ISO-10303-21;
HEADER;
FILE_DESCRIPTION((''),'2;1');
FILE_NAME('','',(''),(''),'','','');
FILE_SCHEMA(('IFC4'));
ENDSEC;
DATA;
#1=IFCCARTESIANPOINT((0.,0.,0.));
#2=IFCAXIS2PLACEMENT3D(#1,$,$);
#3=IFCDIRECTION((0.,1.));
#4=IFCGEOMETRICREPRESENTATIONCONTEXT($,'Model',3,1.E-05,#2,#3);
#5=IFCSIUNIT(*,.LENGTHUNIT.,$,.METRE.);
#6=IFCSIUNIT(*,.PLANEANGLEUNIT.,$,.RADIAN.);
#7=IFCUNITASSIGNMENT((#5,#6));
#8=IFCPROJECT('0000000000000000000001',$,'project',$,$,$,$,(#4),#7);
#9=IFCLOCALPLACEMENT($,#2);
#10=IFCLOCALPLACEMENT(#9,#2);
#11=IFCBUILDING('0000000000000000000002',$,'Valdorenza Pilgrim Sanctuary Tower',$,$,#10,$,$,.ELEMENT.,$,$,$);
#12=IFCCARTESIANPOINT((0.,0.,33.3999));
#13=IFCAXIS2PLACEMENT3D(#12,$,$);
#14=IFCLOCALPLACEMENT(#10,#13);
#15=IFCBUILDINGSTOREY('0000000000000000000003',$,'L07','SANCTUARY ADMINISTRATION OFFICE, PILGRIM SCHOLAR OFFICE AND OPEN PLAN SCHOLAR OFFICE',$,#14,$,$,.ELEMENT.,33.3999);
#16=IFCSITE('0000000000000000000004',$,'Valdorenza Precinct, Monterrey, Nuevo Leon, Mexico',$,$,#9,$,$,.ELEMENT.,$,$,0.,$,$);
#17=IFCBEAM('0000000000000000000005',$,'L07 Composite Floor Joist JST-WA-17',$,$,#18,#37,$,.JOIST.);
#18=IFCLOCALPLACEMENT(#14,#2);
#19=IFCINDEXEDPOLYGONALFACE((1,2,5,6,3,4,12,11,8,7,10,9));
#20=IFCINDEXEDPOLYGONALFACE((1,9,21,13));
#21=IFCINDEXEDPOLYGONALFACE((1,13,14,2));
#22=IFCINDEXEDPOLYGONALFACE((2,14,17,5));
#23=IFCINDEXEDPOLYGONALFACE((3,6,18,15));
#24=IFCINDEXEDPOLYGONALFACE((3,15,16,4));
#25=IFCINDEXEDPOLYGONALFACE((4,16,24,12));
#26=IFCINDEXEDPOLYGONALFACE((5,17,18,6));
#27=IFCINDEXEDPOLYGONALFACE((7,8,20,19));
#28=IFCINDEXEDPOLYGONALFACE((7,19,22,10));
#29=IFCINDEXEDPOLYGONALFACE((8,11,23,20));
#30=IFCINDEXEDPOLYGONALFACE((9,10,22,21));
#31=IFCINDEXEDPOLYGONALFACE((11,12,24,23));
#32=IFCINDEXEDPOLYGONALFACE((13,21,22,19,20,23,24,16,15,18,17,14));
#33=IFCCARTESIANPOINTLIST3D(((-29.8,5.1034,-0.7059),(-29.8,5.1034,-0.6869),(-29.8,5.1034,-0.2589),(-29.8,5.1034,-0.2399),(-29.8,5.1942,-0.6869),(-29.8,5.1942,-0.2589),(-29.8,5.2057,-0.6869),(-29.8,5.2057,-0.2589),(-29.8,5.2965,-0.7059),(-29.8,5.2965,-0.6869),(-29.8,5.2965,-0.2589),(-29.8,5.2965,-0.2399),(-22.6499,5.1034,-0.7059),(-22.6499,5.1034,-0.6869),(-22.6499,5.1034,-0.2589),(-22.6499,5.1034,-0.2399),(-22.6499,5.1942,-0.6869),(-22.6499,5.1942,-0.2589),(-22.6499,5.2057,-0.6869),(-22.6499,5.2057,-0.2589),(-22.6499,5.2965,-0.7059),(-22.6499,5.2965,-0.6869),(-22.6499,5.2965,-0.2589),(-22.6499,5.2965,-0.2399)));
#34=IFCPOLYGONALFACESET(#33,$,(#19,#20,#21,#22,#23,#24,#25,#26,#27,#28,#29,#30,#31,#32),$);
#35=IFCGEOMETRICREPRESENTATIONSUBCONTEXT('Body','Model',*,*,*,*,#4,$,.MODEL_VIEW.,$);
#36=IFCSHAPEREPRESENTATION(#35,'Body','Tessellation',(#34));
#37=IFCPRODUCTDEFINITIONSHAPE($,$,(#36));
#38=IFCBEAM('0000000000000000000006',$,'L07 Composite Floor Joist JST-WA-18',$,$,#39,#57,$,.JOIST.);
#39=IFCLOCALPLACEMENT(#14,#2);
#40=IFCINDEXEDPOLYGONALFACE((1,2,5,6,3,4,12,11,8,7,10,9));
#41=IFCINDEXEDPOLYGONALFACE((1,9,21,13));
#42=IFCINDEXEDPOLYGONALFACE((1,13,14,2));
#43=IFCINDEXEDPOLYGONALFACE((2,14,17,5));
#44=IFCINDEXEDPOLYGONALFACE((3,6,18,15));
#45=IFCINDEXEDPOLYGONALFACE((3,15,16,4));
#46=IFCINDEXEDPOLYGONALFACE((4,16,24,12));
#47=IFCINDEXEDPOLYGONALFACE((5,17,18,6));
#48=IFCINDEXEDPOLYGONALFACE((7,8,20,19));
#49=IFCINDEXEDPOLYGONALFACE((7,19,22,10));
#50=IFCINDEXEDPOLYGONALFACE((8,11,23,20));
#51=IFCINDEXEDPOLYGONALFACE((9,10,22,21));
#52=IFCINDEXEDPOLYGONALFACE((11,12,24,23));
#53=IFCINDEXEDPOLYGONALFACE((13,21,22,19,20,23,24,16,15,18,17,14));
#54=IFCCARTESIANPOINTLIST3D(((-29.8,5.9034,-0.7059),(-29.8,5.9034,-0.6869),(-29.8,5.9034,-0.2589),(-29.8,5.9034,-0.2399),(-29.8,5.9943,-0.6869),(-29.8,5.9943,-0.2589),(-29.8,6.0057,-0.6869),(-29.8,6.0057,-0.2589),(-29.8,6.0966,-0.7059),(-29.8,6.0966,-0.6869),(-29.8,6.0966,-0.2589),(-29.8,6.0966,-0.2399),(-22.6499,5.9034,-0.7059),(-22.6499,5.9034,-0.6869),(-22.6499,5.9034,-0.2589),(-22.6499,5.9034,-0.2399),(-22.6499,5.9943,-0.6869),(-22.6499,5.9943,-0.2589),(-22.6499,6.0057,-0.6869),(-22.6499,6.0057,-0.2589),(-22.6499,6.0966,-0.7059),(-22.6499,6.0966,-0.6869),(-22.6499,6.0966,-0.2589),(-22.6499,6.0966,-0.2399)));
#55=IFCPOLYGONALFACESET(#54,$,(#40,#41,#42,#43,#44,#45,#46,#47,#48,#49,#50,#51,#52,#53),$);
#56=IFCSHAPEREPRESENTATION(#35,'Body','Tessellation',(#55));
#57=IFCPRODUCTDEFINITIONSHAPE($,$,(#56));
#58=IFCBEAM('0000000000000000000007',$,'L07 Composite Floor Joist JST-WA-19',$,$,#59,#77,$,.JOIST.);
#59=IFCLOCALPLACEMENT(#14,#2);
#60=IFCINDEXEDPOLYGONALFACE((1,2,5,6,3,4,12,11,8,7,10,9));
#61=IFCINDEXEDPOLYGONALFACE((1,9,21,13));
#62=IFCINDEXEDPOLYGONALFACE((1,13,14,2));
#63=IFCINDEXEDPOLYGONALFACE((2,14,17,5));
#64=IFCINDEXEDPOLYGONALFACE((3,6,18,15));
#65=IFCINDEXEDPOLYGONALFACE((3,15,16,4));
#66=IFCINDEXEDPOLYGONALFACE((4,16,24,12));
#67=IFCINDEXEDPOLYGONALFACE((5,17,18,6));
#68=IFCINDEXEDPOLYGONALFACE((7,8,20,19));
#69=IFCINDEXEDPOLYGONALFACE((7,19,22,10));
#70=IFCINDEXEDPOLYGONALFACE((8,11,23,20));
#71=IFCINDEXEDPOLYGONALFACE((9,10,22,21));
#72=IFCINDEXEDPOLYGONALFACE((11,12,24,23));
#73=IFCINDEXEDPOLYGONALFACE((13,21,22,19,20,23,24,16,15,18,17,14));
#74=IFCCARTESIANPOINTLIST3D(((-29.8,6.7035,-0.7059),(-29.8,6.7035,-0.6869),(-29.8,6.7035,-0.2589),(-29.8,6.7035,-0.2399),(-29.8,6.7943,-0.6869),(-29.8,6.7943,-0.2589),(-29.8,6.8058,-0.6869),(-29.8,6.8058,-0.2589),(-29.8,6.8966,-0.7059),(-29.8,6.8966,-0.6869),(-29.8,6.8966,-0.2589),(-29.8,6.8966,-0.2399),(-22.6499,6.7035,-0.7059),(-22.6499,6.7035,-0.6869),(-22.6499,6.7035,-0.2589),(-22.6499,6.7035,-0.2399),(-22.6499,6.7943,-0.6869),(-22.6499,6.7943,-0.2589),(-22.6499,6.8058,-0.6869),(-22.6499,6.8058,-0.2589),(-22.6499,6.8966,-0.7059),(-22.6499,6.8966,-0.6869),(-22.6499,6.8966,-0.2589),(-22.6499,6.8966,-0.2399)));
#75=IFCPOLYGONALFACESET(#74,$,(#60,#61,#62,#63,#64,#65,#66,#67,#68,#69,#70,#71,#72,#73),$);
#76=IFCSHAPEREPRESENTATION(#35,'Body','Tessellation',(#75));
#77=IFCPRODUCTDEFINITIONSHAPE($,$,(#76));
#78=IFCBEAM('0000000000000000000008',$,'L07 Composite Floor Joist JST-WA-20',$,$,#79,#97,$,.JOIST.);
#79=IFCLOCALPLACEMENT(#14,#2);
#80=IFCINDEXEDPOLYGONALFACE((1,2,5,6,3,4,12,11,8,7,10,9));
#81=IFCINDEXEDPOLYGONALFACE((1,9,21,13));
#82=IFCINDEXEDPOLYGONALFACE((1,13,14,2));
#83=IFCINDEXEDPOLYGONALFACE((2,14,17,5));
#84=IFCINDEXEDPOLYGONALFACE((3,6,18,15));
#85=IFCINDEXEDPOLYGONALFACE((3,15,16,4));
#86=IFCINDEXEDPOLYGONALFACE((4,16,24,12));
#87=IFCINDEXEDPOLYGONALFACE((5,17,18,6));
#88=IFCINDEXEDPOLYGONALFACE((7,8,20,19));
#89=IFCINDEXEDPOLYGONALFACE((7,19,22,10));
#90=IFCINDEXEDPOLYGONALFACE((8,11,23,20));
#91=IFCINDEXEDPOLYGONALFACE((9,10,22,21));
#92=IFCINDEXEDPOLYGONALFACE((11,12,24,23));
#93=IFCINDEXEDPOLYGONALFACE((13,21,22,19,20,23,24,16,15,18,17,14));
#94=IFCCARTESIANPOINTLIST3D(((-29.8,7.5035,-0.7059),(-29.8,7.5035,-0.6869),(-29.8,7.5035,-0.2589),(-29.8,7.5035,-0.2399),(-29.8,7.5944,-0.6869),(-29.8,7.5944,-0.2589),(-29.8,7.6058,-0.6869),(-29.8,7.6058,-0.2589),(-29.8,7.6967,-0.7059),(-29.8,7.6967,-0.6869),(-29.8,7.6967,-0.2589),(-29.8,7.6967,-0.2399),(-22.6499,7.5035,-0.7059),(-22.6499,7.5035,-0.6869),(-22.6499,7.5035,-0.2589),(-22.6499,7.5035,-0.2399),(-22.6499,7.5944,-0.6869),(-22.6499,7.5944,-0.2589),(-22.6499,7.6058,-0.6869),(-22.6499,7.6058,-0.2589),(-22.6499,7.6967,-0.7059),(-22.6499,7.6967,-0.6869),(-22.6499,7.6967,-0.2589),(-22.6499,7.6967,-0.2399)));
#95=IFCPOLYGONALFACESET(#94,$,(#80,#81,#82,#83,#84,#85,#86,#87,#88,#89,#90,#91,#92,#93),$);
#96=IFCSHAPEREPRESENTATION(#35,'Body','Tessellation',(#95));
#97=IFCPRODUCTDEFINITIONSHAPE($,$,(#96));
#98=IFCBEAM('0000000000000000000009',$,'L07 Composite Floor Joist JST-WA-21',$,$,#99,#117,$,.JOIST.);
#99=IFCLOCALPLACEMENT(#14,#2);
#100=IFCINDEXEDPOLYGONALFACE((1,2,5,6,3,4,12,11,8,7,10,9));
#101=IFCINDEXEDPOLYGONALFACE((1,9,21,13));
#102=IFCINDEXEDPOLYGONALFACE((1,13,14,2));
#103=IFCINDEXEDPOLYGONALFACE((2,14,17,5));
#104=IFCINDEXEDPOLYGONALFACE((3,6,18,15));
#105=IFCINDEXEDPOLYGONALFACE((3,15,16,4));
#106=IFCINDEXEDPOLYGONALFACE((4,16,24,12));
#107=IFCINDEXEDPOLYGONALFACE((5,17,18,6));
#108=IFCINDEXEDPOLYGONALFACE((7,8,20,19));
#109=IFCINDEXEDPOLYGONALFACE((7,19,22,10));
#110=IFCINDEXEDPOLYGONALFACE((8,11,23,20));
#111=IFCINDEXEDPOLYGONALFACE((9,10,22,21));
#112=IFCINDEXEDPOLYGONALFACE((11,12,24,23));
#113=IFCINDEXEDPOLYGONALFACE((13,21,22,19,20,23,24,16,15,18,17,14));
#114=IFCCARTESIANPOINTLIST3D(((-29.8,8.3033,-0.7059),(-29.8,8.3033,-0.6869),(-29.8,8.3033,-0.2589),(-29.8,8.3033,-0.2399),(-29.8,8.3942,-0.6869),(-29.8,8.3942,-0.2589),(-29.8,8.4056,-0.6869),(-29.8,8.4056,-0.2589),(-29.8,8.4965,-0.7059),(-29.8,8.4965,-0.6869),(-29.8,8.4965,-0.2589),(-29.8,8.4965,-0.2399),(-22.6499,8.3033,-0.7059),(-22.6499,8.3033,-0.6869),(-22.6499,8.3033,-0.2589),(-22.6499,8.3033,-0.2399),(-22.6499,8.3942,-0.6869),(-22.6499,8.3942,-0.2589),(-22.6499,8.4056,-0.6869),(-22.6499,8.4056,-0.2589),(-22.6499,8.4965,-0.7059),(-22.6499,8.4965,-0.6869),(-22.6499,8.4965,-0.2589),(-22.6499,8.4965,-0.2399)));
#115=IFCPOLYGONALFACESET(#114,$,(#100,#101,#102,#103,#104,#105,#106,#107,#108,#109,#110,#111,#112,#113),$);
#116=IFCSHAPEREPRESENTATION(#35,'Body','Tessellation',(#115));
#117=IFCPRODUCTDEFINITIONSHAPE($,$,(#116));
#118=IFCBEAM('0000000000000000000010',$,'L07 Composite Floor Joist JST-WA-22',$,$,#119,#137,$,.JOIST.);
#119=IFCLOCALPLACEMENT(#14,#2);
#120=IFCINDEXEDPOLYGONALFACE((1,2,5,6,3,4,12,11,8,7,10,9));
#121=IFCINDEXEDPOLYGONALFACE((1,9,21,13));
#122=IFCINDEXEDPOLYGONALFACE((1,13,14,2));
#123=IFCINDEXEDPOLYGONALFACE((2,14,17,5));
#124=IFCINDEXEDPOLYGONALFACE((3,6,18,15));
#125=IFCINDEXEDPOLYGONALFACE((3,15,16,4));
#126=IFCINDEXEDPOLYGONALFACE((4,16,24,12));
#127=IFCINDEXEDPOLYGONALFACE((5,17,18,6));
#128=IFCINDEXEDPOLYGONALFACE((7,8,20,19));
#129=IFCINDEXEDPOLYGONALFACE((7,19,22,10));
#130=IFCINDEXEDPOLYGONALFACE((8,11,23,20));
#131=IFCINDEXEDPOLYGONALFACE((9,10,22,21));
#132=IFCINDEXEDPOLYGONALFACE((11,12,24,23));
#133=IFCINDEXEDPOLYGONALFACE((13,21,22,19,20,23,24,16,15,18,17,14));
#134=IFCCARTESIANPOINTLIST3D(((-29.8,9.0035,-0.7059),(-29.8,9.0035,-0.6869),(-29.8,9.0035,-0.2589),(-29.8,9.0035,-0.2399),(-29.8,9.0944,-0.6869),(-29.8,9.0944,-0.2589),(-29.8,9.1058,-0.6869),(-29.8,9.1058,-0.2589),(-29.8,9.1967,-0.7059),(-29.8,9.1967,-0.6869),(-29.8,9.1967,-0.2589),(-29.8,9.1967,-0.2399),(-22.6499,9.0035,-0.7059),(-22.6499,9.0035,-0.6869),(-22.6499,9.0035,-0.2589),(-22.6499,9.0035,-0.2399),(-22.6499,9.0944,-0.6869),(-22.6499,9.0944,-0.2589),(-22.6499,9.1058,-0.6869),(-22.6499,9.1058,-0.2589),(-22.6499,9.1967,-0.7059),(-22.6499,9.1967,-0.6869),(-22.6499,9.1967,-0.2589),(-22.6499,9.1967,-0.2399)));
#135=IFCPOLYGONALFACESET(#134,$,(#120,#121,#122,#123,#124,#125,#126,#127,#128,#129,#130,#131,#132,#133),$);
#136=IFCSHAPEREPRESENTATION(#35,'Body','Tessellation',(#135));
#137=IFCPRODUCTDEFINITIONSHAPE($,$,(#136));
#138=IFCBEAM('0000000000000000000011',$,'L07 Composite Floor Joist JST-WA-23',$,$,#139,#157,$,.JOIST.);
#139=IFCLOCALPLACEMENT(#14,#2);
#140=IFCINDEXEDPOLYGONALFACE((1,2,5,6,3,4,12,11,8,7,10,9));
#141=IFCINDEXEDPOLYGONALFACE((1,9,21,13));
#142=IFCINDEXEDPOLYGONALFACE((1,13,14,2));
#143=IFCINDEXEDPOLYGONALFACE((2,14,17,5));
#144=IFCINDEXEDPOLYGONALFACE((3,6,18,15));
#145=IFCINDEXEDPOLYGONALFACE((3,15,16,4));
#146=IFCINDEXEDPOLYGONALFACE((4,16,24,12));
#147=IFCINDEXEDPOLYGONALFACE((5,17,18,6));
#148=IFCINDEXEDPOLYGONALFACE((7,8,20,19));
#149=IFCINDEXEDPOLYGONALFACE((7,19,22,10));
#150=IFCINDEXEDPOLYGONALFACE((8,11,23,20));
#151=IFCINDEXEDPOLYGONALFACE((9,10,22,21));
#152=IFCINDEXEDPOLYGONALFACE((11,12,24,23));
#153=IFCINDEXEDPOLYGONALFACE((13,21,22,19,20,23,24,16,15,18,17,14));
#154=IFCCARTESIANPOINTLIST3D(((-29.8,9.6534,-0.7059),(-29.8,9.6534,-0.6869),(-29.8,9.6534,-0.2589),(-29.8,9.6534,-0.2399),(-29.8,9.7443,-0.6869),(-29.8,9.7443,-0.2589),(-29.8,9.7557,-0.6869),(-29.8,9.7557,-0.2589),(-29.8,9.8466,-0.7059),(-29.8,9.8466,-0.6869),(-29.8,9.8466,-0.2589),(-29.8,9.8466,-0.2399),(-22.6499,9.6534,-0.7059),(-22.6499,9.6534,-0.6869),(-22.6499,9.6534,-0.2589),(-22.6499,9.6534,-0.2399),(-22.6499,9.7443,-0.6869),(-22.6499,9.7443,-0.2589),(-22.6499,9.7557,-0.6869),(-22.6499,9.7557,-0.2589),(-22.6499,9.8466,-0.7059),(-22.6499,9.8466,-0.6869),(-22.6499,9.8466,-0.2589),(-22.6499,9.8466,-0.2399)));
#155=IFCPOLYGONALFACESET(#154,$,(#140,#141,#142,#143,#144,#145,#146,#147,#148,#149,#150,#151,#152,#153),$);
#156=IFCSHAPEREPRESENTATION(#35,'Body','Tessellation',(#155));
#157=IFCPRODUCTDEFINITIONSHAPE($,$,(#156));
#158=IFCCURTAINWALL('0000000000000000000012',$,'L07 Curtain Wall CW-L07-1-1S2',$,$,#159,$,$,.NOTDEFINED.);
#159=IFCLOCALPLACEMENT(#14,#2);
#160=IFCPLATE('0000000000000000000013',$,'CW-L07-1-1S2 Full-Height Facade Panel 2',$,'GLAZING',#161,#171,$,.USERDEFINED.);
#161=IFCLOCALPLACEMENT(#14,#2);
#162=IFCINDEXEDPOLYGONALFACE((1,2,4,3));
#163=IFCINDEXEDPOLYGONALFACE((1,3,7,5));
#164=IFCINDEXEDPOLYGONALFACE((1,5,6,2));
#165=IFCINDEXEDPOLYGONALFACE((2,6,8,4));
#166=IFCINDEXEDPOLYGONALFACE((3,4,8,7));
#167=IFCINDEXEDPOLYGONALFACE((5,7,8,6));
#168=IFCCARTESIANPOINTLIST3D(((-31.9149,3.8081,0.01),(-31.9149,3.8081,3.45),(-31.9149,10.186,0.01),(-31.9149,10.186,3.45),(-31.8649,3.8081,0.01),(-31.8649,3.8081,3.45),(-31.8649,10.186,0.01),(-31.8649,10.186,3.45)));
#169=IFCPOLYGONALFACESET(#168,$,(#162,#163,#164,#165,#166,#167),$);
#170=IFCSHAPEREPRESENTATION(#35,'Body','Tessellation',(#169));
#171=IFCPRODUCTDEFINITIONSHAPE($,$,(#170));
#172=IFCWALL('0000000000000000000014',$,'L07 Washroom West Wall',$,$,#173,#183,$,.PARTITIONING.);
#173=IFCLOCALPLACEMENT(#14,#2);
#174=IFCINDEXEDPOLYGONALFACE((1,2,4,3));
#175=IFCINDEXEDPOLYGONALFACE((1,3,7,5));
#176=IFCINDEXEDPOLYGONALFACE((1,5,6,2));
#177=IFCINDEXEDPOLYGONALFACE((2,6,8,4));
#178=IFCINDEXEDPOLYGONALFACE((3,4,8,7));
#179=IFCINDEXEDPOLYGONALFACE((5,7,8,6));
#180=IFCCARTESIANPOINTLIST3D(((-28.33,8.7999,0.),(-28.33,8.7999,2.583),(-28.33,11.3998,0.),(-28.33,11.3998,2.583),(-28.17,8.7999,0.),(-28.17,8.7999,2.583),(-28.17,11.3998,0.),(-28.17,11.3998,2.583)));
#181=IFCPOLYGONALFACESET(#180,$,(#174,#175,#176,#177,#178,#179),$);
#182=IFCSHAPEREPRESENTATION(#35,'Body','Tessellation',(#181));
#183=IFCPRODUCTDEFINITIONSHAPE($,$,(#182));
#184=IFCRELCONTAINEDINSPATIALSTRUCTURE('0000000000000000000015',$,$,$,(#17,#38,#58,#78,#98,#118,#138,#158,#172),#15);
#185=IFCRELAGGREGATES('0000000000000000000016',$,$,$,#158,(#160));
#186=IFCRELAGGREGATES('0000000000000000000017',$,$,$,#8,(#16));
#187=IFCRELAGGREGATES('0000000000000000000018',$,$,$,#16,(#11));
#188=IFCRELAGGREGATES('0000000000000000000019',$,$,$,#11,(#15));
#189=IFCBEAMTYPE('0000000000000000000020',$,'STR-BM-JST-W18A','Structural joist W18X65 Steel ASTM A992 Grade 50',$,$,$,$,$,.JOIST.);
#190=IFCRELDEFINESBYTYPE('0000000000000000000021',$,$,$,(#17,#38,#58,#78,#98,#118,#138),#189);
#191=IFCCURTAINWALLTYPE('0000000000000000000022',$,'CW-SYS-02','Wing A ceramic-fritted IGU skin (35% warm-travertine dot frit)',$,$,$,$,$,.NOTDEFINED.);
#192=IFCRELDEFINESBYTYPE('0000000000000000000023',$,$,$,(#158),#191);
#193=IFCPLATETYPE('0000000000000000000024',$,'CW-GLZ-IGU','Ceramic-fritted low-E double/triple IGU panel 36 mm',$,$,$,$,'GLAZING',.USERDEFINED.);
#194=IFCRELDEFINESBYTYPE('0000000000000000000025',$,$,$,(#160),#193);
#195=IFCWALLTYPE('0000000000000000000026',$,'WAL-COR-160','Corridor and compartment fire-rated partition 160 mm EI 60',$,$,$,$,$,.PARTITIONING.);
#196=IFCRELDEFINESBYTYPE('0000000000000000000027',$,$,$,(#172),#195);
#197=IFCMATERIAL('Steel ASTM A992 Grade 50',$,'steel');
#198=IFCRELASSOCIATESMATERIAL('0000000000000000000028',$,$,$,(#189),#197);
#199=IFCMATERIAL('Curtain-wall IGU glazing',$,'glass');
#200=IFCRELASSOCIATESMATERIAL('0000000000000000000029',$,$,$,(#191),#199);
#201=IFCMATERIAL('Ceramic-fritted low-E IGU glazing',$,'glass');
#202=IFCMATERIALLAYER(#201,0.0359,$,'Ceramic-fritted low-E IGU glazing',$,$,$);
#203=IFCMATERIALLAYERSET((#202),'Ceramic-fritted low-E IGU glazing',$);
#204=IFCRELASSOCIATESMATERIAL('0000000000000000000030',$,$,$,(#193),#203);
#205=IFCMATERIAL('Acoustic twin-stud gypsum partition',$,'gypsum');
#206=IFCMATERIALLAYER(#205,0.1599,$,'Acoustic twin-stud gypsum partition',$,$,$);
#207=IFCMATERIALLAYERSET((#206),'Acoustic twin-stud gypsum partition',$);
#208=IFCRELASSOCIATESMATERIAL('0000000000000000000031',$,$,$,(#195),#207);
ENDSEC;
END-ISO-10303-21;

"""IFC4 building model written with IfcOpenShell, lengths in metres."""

from ifc_helpers import new_model, si_unit, direction, frame, frame_2d, origin, origin_2d, place, context, subcontext, project, spatial, rectangle, i_section, extrude, source, transform, mapped, material, layer, layer_set, material_profile, profile_set, type_object, element, aggregate, save


model = new_model("IFC4")

# Units and contexts
model_context = context("Model", 3, precision=1e-05, world=origin(), true_north=direction((0.0, 1.0)))
body_context = subcontext(model_context, "Body", "Model", "MODEL_VIEW")
ifc_project = project(units=[si_unit("LENGTHUNIT", "METRE"), si_unit("PLANEANGLEUNIT", "RADIAN")], contexts=[model_context])

# Site, building, storey
site_placement = place(None, origin())
site = spatial("IfcSite", under=ifc_project, at=site_placement, Name="Valdorenza Precinct, Monterrey, Nuevo Leon, Mexico", CompositionType="ELEMENT", RefElevation=0.0)
building_placement = place(site_placement, origin())
building = spatial("IfcBuilding", under=site, at=building_placement, Name="Valdorenza Pilgrim Sanctuary Tower", CompositionType="ELEMENT")
storey_placement = place(building_placement, frame((0.0, 0.0, 33.3999)))
storey = spatial("IfcBuildingStorey", under=building, at=storey_placement, Name="L07", Description="SANCTUARY ADMINISTRATION OFFICE, PILGRIM SCHOLAR OFFICE AND OPEN PLAN SCHOLAR OFFICE", CompositionType="ELEMENT", Elevation=33.3999)

# Beams
ifc_material_1 = material(Name="Steel ASTM A992 Grade 50", Category="steel")
ifc_material_profile = material_profile(ifc_material_1, i_section(OverallWidth=0.1931, OverallDepth=0.4661, WebThickness=0.0115, FlangeThickness=0.019, at=origin_2d()), Name="W18X65")
ifc_profile_set = profile_set([ifc_material_profile], Name="Steel ASTM A992 Grade 50")
beam_type = type_object("IfcBeamType", Name="STR-BM-JST-W18A", Description="Structural joist W18X65 Steel ASTM A992 Grade 50", PredefinedType="JOIST", material=ifc_profile_set)
shared_shape_1 = source(origin(), body_context, "Body", "SweptSolid", [
    extrude(i_section(OverallWidth=0.1931, OverallDepth=0.4661, WebThickness=0.0115, FlangeThickness=0.019, at=origin_2d()), origin(), (0.0, 0.0, 1.0), 7.1501),
])
for number, where, z_axis, x_axis, name in (
    (1, (-29.8, 5.2, -0.4729), (1.0, 0.0, 0.0), (0.0, 1.0, 0.0), "L07 Composite Floor Joist JST-WA-17"),
    (2, (-29.8, 6.0, -0.4729), (1.0, 0.0, 0.0), (0.0, 1.0, 0.0), "L07 Composite Floor Joist JST-WA-18"),
    (3, (-29.8, 6.8, -0.4729), (1.0, 0.0, 0.0), (0.0, 1.0, 0.0), "L07 Composite Floor Joist JST-WA-19"),
    (4, (-29.8, 7.6001, -0.4729), (1.0, 0.0, 0.0), (0.0, 1.0, 0.0), "L07 Composite Floor Joist JST-WA-20"),
    (5, (-29.8, 8.3999, -0.4729), (1.0, 0.0, 0.0), (0.0, 1.0, 0.0), "L07 Composite Floor Joist JST-WA-21"),
    (6, (-29.8, 9.1001, -0.4729), (1.0, 0.0, 0.0), (0.0, 1.0, 0.0), "L07 Composite Floor Joist JST-WA-22"),
    (7, (-29.8, 9.75, -0.4729), (1.0, 0.0, 0.0), (0.0, 1.0, 0.0), "L07 Composite Floor Joist JST-WA-23"),
):
    element("IfcBeam", number, at=place(storey_placement, frame(where, z_axis=z_axis, x_axis=x_axis)), inside=storey, type_object=beam_type, Name=name, PredefinedType="JOIST", context=body_context, shape_type="MappedRepresentation", body=[
        mapped(shared_shape_1, transform((0.0, 0.0, 0.0), x_axis=(1.0, 0.0, 0.0), y_axis=(0.0, 1.0, 0.0), z_axis=(0.0, 0.0, 1.0), scale=1.0)),
    ])

# Curtain wall, plate
ifc_material_2 = material(Name="Curtain-wall IGU glazing", Category="glass")
curtain_wall_type = type_object("IfcCurtainWallType", Name="CW-SYS-02", Description="Wing A ceramic-fritted IGU skin (35% warm-travertine dot frit)", PredefinedType="NOTDEFINED", material=ifc_material_2)
curtain_wall_placement = place(storey_placement, origin())
curtain_wall = element("IfcCurtainWall", 8, at=curtain_wall_placement, inside=storey, type_object=curtain_wall_type, Name="L07 Curtain Wall CW-L07-1-1S2", PredefinedType="NOTDEFINED")
ifc_material_3 = material(Name="Ceramic-fritted low-E IGU glazing", Category="glass")
ifc_layer_1 = layer(ifc_material_3, 0.0359, Name="Ceramic-fritted low-E IGU glazing")
ifc_layer_set_1 = layer_set([ifc_layer_1], Name="Ceramic-fritted low-E IGU glazing")
plate_type = type_object("IfcPlateType", Name="CW-GLZ-IGU", Description="Ceramic-fritted low-E double/triple IGU panel 36 mm", ElementType="GLAZING", PredefinedType="USERDEFINED", material=ifc_layer_set_1)
shared_shape_2 = source(origin(), body_context, "Body", "SweptSolid", [
    extrude(rectangle(XDim=6.3779, YDim=0.05, at=origin_2d()), origin(), (0.0, 0.0, 1.0), 3.4399),
])
plate_placement = place(storey_placement, frame((-31.8899, 6.9971, 0.01), z_axis=(0.0, 0.0, 1.0), x_axis=(0.0, 1.0, 0.0)))
plate = element("IfcPlate", 9, at=plate_placement, type_object=plate_type, Name="CW-L07-1-1S2 Full-Height Facade Panel 2", ObjectType="GLAZING", PredefinedType="USERDEFINED", context=body_context, shape_type="MappedRepresentation", body=[
    mapped(shared_shape_2, transform((0.0, 0.0, 0.0), x_axis=(1.0, 0.0, 0.0), y_axis=(0.0, 1.0, 0.0), z_axis=(0.0, 0.0, 1.0), scale=1.0)),
])
aggregate(curtain_wall, [plate])

# Wall
ifc_material_4 = material(Name="Acoustic twin-stud gypsum partition", Category="gypsum")
ifc_layer_2 = layer(ifc_material_4, 0.1599, Name="Acoustic twin-stud gypsum partition")
ifc_layer_set_2 = layer_set([ifc_layer_2], Name="Acoustic twin-stud gypsum partition")
wall_type_1 = type_object("IfcWallType", Name="WAL-COR-160", Description="Corridor and compartment fire-rated partition 160 mm EI 60", PredefinedType="PARTITIONING", material=ifc_layer_set_2)
wall_1_placement = place(storey_placement, frame((-28.25, 8.8, 0.0), z_axis=(0.0, 0.0, 1.0), x_axis=(0.0, 1.0, 0.0)))
element("IfcWall", 10, at=wall_1_placement, inside=storey, type_object=wall_type_1, Name="L07 Washroom West Wall", PredefinedType="PARTITIONING", context=body_context, shape_type="SweptSolid", body=[
    extrude(rectangle(XDim=2.5999, YDim=0.1599, at=frame_2d((1.2998, 0.0))), origin(), (0.0, 0.0, 1.0), 2.583),
])

save(model, "model.ifc")
